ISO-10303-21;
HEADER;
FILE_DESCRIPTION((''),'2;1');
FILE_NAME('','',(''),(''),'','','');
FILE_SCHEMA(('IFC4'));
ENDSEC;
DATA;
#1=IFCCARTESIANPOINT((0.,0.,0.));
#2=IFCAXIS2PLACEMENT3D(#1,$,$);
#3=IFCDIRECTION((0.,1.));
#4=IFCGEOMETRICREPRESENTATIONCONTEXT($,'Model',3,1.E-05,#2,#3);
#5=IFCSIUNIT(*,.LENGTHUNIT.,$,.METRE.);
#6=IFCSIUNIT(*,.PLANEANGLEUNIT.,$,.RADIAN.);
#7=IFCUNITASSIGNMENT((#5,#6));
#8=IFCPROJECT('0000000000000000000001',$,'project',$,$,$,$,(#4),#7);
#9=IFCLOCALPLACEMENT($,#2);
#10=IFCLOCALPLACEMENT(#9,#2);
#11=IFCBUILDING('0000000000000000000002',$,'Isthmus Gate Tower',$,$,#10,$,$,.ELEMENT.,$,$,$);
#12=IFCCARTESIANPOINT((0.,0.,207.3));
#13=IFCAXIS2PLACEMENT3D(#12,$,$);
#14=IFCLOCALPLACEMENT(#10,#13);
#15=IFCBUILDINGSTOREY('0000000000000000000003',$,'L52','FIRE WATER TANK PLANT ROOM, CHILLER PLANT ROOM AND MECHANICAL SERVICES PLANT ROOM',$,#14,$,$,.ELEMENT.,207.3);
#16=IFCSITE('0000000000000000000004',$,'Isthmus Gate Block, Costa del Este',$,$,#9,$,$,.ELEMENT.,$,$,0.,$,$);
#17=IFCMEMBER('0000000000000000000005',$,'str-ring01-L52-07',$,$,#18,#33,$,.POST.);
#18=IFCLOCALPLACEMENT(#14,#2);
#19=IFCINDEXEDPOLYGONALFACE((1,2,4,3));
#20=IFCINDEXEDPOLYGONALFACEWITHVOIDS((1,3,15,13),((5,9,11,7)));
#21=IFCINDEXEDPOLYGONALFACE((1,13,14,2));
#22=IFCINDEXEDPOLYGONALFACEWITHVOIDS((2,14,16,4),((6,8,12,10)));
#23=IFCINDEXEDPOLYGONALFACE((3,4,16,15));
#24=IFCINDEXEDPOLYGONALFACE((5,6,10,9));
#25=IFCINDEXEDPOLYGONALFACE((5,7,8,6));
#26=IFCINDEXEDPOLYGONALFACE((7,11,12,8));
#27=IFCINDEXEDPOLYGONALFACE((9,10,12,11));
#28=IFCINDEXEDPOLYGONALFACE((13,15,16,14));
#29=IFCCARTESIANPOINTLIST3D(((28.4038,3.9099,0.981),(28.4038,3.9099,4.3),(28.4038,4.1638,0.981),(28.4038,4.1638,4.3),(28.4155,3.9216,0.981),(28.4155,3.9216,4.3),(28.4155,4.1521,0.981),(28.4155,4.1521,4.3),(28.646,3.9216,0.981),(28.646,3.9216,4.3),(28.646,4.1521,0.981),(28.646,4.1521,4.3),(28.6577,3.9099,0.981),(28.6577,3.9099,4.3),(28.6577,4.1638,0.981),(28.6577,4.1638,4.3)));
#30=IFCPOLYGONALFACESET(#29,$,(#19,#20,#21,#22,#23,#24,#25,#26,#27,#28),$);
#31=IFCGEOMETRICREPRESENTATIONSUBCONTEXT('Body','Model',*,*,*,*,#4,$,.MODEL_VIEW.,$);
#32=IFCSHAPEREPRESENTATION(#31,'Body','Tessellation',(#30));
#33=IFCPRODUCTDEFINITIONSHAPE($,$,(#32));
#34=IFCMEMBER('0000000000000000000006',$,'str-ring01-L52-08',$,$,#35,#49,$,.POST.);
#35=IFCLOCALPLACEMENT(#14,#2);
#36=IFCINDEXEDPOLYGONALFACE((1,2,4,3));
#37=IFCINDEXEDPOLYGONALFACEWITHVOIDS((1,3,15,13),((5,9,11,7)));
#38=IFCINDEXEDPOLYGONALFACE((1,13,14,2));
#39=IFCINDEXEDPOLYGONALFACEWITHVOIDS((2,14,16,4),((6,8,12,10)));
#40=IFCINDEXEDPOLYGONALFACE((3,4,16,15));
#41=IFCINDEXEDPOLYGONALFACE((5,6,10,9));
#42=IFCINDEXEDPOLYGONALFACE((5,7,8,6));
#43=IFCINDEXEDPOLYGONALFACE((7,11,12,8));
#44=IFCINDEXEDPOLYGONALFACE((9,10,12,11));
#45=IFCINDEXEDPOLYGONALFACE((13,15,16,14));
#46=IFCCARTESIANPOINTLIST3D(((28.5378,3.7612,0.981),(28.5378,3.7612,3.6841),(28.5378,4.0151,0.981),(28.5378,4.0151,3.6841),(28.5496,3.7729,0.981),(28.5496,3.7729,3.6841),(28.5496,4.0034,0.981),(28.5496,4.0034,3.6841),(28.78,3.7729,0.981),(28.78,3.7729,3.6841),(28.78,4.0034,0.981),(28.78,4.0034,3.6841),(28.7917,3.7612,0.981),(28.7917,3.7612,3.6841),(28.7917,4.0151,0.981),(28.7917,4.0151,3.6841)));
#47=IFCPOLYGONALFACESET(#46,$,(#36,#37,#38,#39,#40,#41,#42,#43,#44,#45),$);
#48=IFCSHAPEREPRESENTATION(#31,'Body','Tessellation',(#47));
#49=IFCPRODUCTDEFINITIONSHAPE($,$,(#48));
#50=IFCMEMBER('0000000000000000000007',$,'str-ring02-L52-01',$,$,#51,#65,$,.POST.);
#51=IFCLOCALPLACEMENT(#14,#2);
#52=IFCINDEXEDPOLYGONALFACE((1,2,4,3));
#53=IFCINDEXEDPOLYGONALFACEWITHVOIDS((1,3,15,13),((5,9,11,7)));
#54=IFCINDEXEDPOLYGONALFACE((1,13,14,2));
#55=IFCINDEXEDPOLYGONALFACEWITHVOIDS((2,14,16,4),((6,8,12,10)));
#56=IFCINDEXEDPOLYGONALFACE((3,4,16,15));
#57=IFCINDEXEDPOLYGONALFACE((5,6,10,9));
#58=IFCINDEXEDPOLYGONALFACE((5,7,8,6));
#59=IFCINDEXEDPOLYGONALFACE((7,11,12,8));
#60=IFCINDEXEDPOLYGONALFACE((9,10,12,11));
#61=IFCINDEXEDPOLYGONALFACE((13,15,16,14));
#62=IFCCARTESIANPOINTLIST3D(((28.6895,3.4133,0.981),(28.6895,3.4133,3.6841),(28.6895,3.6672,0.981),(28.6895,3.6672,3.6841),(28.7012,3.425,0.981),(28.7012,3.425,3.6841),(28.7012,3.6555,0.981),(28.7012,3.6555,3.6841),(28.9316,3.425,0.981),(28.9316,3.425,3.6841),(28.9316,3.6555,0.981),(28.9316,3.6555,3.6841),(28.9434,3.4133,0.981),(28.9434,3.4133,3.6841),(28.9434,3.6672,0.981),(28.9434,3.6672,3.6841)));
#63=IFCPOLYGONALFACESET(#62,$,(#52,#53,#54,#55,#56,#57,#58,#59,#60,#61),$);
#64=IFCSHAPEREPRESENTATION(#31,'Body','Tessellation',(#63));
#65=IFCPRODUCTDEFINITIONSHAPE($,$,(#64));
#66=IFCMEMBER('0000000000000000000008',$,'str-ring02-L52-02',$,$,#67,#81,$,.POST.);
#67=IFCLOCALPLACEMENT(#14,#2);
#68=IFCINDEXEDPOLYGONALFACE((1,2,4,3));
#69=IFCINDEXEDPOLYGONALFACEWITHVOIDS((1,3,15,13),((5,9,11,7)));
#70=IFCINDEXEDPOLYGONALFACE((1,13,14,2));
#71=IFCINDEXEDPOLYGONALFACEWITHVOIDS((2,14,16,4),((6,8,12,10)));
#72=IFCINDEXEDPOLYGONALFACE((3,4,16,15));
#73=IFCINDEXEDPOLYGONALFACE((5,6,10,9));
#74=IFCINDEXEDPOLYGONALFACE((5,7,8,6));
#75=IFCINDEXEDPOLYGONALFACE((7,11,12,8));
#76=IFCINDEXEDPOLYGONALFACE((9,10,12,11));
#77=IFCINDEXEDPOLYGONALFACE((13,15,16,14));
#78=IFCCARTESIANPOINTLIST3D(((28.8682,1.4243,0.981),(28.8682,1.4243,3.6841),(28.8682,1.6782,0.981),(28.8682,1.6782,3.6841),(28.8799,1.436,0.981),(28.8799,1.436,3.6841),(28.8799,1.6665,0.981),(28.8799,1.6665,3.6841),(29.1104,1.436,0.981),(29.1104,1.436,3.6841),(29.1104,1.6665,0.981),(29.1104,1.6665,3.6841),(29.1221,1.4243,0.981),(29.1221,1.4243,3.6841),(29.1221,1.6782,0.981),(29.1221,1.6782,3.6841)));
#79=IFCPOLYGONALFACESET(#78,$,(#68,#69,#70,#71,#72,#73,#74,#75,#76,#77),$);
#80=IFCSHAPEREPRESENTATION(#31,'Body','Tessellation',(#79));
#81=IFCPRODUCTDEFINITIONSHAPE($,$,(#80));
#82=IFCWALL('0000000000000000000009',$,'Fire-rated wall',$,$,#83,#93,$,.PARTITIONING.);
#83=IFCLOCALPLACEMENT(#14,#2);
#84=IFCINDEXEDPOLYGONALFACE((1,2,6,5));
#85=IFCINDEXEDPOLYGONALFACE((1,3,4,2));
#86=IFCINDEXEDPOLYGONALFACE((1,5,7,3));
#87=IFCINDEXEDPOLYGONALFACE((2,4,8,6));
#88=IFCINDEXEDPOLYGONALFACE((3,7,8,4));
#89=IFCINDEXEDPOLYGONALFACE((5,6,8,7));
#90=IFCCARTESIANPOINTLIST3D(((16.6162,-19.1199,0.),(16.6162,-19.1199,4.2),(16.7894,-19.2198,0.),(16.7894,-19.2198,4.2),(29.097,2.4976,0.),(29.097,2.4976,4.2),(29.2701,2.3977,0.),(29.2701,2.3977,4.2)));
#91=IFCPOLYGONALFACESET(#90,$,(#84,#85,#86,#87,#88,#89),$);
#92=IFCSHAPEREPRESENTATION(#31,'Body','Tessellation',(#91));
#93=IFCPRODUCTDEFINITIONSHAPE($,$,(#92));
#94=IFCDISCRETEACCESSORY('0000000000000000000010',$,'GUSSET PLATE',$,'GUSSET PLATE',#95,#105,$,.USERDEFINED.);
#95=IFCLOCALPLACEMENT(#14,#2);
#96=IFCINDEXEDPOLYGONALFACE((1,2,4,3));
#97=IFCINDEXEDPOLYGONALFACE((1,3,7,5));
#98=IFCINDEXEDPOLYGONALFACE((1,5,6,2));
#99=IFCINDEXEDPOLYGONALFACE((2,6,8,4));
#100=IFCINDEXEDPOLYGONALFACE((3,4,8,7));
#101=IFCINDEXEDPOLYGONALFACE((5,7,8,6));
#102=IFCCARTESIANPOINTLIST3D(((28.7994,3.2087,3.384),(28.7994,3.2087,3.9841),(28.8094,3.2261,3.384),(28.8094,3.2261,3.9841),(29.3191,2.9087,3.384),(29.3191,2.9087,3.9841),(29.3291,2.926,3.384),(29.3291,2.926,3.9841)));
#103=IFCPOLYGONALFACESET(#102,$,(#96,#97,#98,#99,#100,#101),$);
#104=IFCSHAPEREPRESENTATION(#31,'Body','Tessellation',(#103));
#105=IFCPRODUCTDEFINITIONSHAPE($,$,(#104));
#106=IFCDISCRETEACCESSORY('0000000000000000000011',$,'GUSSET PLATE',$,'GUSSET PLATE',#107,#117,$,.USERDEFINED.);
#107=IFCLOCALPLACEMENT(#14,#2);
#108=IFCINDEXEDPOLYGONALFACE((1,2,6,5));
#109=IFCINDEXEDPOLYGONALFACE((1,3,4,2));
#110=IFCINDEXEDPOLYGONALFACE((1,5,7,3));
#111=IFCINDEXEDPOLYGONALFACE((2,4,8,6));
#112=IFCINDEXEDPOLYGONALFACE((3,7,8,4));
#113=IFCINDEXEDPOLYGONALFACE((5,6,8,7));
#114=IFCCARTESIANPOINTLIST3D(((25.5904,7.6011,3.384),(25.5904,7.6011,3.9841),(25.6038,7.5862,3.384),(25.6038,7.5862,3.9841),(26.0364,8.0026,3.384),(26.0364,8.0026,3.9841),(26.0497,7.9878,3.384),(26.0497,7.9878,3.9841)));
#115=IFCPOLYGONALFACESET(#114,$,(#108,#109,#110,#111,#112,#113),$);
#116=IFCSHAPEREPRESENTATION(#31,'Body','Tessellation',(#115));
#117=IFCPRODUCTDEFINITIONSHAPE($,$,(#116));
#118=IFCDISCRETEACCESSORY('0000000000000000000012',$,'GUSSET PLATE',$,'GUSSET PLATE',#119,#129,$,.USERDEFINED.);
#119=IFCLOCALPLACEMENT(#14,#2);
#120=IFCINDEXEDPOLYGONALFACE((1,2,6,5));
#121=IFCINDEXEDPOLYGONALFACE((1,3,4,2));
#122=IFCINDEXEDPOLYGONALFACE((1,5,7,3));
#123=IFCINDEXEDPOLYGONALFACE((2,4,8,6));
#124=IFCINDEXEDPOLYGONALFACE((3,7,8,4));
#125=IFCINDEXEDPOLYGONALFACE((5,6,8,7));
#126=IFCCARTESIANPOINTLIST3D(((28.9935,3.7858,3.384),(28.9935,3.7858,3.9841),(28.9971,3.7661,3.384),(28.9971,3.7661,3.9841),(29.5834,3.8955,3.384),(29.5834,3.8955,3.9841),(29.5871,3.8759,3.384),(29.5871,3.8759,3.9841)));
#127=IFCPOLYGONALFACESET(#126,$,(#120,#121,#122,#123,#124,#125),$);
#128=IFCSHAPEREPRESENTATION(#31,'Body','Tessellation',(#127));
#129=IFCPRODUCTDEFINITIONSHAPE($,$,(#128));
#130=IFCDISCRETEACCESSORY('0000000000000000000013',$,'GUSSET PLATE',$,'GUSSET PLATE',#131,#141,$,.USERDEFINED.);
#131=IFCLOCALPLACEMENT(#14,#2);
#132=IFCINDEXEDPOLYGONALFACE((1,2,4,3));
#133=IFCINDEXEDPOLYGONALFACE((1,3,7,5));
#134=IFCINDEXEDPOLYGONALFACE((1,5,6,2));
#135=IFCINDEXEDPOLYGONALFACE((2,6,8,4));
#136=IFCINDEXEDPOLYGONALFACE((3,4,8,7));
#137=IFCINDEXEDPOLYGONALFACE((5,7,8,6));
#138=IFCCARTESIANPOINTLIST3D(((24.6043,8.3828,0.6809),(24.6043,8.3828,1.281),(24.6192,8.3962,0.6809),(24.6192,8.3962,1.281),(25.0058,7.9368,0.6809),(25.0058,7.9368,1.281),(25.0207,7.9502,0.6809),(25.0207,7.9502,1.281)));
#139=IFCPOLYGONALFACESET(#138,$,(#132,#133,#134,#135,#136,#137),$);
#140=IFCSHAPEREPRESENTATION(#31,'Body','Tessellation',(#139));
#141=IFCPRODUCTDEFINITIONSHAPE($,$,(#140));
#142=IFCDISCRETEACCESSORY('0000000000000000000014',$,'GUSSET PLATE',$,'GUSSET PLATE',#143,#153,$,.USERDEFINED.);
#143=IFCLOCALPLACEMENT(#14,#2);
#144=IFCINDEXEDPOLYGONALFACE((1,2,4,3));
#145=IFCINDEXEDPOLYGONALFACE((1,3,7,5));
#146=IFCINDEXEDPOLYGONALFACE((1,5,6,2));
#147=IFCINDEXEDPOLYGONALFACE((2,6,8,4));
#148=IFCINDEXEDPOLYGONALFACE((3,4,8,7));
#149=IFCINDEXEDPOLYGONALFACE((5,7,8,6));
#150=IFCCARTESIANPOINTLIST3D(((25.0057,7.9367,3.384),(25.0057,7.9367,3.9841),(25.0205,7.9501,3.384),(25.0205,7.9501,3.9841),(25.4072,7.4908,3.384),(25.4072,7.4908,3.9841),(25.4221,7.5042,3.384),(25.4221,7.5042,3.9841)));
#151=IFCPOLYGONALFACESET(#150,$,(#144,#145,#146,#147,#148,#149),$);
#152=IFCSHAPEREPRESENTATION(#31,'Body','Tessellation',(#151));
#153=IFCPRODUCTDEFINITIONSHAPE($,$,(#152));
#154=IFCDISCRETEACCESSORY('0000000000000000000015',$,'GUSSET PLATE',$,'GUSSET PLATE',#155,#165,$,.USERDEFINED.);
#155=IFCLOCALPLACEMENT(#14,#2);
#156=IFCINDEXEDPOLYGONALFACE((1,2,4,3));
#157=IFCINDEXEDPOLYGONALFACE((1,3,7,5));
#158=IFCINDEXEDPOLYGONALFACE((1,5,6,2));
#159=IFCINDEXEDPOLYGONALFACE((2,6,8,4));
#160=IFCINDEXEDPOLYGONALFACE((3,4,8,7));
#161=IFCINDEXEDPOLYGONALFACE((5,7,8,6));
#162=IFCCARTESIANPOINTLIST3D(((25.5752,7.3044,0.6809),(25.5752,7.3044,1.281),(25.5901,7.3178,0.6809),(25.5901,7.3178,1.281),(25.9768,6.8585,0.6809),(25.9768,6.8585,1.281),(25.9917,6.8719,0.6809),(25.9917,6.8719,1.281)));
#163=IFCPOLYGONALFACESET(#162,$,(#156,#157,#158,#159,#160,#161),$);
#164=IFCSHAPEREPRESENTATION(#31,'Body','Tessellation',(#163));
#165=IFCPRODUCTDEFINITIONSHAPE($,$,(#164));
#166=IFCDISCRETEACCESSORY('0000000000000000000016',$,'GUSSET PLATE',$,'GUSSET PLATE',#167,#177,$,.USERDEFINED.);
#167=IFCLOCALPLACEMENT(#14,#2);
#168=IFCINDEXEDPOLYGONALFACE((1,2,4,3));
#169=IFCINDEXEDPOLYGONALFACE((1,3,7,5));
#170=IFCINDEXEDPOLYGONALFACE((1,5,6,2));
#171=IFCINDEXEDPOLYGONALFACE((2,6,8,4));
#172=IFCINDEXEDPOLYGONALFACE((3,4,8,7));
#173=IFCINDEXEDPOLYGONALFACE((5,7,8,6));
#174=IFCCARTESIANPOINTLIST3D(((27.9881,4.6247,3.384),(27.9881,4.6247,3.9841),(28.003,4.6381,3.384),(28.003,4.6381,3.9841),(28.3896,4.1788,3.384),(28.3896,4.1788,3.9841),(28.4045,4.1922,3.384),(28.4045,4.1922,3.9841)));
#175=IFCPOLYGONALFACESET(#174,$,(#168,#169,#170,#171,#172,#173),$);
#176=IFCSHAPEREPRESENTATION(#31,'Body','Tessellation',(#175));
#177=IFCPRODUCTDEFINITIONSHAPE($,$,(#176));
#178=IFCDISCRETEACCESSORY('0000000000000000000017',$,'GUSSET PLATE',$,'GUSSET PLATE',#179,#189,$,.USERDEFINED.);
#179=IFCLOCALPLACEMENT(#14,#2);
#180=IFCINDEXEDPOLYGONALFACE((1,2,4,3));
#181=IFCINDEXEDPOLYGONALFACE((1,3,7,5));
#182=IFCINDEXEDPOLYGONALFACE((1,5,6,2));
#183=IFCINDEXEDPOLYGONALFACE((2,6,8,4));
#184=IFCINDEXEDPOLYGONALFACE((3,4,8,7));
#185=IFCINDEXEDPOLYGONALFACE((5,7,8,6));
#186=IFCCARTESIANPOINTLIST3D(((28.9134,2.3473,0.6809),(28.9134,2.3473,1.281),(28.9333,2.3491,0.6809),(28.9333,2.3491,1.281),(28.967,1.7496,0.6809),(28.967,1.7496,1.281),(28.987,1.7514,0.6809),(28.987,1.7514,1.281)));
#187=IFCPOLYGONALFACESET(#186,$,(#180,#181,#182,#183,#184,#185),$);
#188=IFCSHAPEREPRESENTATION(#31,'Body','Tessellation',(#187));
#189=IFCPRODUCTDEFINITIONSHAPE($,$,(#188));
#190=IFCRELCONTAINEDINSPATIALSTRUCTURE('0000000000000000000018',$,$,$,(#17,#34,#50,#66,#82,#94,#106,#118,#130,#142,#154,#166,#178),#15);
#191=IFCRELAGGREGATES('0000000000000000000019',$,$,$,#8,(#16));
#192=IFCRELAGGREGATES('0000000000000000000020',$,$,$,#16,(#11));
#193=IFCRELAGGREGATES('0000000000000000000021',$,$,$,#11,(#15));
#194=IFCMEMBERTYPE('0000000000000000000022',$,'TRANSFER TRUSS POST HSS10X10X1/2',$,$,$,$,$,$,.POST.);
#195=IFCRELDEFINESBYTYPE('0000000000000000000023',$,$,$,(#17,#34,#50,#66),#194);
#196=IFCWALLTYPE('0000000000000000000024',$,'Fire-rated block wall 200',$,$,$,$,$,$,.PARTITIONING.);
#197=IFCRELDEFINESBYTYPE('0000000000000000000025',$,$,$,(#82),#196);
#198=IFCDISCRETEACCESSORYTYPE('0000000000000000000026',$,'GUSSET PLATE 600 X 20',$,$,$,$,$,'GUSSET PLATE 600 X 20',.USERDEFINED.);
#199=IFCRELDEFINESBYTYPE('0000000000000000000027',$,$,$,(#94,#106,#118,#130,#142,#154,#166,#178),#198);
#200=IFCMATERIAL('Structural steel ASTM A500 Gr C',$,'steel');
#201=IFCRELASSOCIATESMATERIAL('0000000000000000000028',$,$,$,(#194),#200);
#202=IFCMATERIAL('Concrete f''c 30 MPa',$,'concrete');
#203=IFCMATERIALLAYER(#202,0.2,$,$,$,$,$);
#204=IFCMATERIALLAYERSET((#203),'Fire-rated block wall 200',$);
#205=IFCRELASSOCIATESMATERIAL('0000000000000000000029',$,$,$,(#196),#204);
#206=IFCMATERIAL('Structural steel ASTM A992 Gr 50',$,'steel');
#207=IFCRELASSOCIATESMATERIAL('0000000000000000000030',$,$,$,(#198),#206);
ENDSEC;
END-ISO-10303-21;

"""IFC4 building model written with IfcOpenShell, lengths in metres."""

from ifc_helpers import new_model, si_unit, direction, frame, frame_2d, origin, origin_2d, place, context, subcontext, project, spatial, rectangle, hollow_rectangle, extrude, material, layer, layer_set, material_profile, profile_set, type_object, element, save


model = new_model("IFC4")

# Units and contexts
model_context = context("Model", 3, precision=1e-05, world=origin(), true_north=direction((0.0, 1.0)))
body_context = subcontext(model_context, "Body", "Model", "MODEL_VIEW")
ifc_project = project(units=[si_unit("LENGTHUNIT", "METRE"), si_unit("PLANEANGLEUNIT", "RADIAN")], contexts=[model_context])

# Site, building, storey
site_placement = place(None, origin())
site = spatial("IfcSite", under=ifc_project, at=site_placement, Name="Isthmus Gate Block, Costa del Este", CompositionType="ELEMENT", RefElevation=0.0)
building_placement = place(site_placement, origin())
building = spatial("IfcBuilding", under=site, at=building_placement, Name="Isthmus Gate Tower", CompositionType="ELEMENT")
storey_placement = place(building_placement, frame((0.0, 0.0, 207.3)))
storey = spatial("IfcBuildingStorey", under=building, at=storey_placement, Name="L52", Description="FIRE WATER TANK PLANT ROOM, CHILLER PLANT ROOM AND MECHANICAL SERVICES PLANT ROOM", CompositionType="ELEMENT", Elevation=207.3)

# Members
ifc_material_1 = material(Name="Structural steel ASTM A500 Gr C", Category="steel")
ifc_material_profile_1 = material_profile(ifc_material_1, hollow_rectangle(XDim=0.2539, YDim=0.2539, WallThickness=0.0117, at=origin_2d()), Name="HSS10X10X1/2")
ifc_profile_set_1 = profile_set([ifc_material_profile_1], Name="Structural steel ASTM A500 Gr C")
member_type_1 = type_object("IfcMemberType", Name="TRANSFER TRUSS POST HSS10X10X1/2", PredefinedType="POST", material=ifc_profile_set_1)
member_1_placement = place(storey_placement, frame((28.5308, 4.0369, 0.981), z_axis=(0.0, 0.0, 1.0), x_axis=(1.0, 0.0, 0.0)))
element("IfcMember", 1, at=member_1_placement, inside=storey, type_object=member_type_1, Name="str-ring01-L52-07", PredefinedType="POST", context=body_context, shape_type="SweptSolid", body=[
    extrude(hollow_rectangle(XDim=0.2539, YDim=0.2539, WallThickness=0.0117, at=origin_2d()), origin(), (0.0, 0.0, 1.0), 3.3191),
])
for number, where, z_axis, x_axis, name in (
    (2, (28.6648, 3.8882, 0.981), (0.0, 0.0, 1.0), (1.0, 0.0, 0.0), "str-ring01-L52-08"),
    (3, (28.8164, 3.5403, 0.981), (0.0, 0.0, 1.0), (1.0, 0.0, 0.0), "str-ring02-L52-01"),
    (4, (28.9951, 1.5513, 0.981), (0.0, 0.0, 1.0), (1.0, 0.0, 0.0), "str-ring02-L52-02"),
):
    element("IfcMember", number, at=place(storey_placement, frame(where, z_axis=z_axis, x_axis=x_axis)), inside=storey, type_object=member_type_1, Name=name, PredefinedType="POST", context=body_context, shape_type="SweptSolid", body=[
        extrude(hollow_rectangle(XDim=0.2539, YDim=0.2539, WallThickness=0.0117, at=origin_2d()), origin(), (0.0, 0.0, 1.0), 2.7031),
    ])

# Wall
ifc_material_2 = material(Name="Concrete f'c 30 MPa", Category="concrete")
ifc_layer = layer(ifc_material_2, 0.2)
ifc_layer_set = layer_set([ifc_layer], Name="Fire-rated block wall 200")
wall_type = type_object("IfcWallType", Name="Fire-rated block wall 200", PredefinedType="PARTITIONING", material=ifc_layer_set)
wall_placement = place(storey_placement, frame((29.1836, 2.4478, 0.0), z_axis=(0.0, 0.0, 1.0), x_axis=(-0.499996, -0.866027, 0.0)))
element("IfcWall", 5, at=wall_placement, inside=storey, type_object=wall_type, Name="Fire-rated wall", PredefinedType="PARTITIONING", context=body_context, shape_type="SweptSolid", body=[
    extrude(rectangle(XDim=24.9617, YDim=0.2, at=frame_2d((12.481, 0.0))), origin(), (0.0, 0.0, 1.0), 4.2),
])

# Discrete accessories
ifc_material_3 = material(Name="Structural steel ASTM A992 Gr 50", Category="steel")
discrete_accessory_type = type_object("IfcDiscreteAccessoryType", Name="GUSSET PLATE 600 X 20", ElementType="GUSSET PLATE 600 X 20", PredefinedType="USERDEFINED", material=ifc_material_3)
for number, where, z_axis, x_axis, name in (
    (6, (29.0642, 3.0674, 3.384), (0.0, 0.0, 1.0), (-0.866025, 0.5, 0.0), "GUSSET PLATE"),
    (7, (25.8201, 7.7944, 3.384), (0.0, 0.0, 1.0), (-0.743145, -0.669131, 0.0), "GUSSET PLATE"),
    (8, (29.2903, 3.8308, 3.384), (0.0, 0.0, 1.0), (-0.983129, -0.182912, 0.0), "GUSSET PLATE"),
    (9, (24.8125, 8.1665, 0.6809), (0.0, 0.0, 1.0), (0.669131, -0.743145, 0.0), "GUSSET PLATE"),
    (10, (25.2139, 7.7205, 3.384), (0.0, 0.0, 1.0), (0.669131, -0.743145, 0.0), "GUSSET PLATE"),
    (11, (25.7834, 7.0881, 0.6809), (0.0, 0.0, 1.0), (0.669131, -0.743145, 0.0), "GUSSET PLATE"),
    (12, (28.1963, 4.4084, 3.384), (0.0, 0.0, 1.0), (0.669131, -0.743145, 0.0), "GUSSET PLATE"),
    (13, (28.9502, 2.0493, 0.6809), (0.0, 0.0, 1.0), (-0.089397, 0.995996, 0.0), "GUSSET PLATE"),
):
    element("IfcDiscreteAccessory", number, at=place(storey_placement, frame(where, z_axis=z_axis, x_axis=x_axis)), inside=storey, type_object=discrete_accessory_type, Name=name, ObjectType="GUSSET PLATE", PredefinedType="USERDEFINED", context=body_context, shape_type="SweptSolid", body=[
        extrude(rectangle(XDim=0.6001, YDim=0.02, at=origin_2d()), origin(), (0.0, 0.0, 1.0), 0.6001),
    ])

save(model, "model.ifc")
